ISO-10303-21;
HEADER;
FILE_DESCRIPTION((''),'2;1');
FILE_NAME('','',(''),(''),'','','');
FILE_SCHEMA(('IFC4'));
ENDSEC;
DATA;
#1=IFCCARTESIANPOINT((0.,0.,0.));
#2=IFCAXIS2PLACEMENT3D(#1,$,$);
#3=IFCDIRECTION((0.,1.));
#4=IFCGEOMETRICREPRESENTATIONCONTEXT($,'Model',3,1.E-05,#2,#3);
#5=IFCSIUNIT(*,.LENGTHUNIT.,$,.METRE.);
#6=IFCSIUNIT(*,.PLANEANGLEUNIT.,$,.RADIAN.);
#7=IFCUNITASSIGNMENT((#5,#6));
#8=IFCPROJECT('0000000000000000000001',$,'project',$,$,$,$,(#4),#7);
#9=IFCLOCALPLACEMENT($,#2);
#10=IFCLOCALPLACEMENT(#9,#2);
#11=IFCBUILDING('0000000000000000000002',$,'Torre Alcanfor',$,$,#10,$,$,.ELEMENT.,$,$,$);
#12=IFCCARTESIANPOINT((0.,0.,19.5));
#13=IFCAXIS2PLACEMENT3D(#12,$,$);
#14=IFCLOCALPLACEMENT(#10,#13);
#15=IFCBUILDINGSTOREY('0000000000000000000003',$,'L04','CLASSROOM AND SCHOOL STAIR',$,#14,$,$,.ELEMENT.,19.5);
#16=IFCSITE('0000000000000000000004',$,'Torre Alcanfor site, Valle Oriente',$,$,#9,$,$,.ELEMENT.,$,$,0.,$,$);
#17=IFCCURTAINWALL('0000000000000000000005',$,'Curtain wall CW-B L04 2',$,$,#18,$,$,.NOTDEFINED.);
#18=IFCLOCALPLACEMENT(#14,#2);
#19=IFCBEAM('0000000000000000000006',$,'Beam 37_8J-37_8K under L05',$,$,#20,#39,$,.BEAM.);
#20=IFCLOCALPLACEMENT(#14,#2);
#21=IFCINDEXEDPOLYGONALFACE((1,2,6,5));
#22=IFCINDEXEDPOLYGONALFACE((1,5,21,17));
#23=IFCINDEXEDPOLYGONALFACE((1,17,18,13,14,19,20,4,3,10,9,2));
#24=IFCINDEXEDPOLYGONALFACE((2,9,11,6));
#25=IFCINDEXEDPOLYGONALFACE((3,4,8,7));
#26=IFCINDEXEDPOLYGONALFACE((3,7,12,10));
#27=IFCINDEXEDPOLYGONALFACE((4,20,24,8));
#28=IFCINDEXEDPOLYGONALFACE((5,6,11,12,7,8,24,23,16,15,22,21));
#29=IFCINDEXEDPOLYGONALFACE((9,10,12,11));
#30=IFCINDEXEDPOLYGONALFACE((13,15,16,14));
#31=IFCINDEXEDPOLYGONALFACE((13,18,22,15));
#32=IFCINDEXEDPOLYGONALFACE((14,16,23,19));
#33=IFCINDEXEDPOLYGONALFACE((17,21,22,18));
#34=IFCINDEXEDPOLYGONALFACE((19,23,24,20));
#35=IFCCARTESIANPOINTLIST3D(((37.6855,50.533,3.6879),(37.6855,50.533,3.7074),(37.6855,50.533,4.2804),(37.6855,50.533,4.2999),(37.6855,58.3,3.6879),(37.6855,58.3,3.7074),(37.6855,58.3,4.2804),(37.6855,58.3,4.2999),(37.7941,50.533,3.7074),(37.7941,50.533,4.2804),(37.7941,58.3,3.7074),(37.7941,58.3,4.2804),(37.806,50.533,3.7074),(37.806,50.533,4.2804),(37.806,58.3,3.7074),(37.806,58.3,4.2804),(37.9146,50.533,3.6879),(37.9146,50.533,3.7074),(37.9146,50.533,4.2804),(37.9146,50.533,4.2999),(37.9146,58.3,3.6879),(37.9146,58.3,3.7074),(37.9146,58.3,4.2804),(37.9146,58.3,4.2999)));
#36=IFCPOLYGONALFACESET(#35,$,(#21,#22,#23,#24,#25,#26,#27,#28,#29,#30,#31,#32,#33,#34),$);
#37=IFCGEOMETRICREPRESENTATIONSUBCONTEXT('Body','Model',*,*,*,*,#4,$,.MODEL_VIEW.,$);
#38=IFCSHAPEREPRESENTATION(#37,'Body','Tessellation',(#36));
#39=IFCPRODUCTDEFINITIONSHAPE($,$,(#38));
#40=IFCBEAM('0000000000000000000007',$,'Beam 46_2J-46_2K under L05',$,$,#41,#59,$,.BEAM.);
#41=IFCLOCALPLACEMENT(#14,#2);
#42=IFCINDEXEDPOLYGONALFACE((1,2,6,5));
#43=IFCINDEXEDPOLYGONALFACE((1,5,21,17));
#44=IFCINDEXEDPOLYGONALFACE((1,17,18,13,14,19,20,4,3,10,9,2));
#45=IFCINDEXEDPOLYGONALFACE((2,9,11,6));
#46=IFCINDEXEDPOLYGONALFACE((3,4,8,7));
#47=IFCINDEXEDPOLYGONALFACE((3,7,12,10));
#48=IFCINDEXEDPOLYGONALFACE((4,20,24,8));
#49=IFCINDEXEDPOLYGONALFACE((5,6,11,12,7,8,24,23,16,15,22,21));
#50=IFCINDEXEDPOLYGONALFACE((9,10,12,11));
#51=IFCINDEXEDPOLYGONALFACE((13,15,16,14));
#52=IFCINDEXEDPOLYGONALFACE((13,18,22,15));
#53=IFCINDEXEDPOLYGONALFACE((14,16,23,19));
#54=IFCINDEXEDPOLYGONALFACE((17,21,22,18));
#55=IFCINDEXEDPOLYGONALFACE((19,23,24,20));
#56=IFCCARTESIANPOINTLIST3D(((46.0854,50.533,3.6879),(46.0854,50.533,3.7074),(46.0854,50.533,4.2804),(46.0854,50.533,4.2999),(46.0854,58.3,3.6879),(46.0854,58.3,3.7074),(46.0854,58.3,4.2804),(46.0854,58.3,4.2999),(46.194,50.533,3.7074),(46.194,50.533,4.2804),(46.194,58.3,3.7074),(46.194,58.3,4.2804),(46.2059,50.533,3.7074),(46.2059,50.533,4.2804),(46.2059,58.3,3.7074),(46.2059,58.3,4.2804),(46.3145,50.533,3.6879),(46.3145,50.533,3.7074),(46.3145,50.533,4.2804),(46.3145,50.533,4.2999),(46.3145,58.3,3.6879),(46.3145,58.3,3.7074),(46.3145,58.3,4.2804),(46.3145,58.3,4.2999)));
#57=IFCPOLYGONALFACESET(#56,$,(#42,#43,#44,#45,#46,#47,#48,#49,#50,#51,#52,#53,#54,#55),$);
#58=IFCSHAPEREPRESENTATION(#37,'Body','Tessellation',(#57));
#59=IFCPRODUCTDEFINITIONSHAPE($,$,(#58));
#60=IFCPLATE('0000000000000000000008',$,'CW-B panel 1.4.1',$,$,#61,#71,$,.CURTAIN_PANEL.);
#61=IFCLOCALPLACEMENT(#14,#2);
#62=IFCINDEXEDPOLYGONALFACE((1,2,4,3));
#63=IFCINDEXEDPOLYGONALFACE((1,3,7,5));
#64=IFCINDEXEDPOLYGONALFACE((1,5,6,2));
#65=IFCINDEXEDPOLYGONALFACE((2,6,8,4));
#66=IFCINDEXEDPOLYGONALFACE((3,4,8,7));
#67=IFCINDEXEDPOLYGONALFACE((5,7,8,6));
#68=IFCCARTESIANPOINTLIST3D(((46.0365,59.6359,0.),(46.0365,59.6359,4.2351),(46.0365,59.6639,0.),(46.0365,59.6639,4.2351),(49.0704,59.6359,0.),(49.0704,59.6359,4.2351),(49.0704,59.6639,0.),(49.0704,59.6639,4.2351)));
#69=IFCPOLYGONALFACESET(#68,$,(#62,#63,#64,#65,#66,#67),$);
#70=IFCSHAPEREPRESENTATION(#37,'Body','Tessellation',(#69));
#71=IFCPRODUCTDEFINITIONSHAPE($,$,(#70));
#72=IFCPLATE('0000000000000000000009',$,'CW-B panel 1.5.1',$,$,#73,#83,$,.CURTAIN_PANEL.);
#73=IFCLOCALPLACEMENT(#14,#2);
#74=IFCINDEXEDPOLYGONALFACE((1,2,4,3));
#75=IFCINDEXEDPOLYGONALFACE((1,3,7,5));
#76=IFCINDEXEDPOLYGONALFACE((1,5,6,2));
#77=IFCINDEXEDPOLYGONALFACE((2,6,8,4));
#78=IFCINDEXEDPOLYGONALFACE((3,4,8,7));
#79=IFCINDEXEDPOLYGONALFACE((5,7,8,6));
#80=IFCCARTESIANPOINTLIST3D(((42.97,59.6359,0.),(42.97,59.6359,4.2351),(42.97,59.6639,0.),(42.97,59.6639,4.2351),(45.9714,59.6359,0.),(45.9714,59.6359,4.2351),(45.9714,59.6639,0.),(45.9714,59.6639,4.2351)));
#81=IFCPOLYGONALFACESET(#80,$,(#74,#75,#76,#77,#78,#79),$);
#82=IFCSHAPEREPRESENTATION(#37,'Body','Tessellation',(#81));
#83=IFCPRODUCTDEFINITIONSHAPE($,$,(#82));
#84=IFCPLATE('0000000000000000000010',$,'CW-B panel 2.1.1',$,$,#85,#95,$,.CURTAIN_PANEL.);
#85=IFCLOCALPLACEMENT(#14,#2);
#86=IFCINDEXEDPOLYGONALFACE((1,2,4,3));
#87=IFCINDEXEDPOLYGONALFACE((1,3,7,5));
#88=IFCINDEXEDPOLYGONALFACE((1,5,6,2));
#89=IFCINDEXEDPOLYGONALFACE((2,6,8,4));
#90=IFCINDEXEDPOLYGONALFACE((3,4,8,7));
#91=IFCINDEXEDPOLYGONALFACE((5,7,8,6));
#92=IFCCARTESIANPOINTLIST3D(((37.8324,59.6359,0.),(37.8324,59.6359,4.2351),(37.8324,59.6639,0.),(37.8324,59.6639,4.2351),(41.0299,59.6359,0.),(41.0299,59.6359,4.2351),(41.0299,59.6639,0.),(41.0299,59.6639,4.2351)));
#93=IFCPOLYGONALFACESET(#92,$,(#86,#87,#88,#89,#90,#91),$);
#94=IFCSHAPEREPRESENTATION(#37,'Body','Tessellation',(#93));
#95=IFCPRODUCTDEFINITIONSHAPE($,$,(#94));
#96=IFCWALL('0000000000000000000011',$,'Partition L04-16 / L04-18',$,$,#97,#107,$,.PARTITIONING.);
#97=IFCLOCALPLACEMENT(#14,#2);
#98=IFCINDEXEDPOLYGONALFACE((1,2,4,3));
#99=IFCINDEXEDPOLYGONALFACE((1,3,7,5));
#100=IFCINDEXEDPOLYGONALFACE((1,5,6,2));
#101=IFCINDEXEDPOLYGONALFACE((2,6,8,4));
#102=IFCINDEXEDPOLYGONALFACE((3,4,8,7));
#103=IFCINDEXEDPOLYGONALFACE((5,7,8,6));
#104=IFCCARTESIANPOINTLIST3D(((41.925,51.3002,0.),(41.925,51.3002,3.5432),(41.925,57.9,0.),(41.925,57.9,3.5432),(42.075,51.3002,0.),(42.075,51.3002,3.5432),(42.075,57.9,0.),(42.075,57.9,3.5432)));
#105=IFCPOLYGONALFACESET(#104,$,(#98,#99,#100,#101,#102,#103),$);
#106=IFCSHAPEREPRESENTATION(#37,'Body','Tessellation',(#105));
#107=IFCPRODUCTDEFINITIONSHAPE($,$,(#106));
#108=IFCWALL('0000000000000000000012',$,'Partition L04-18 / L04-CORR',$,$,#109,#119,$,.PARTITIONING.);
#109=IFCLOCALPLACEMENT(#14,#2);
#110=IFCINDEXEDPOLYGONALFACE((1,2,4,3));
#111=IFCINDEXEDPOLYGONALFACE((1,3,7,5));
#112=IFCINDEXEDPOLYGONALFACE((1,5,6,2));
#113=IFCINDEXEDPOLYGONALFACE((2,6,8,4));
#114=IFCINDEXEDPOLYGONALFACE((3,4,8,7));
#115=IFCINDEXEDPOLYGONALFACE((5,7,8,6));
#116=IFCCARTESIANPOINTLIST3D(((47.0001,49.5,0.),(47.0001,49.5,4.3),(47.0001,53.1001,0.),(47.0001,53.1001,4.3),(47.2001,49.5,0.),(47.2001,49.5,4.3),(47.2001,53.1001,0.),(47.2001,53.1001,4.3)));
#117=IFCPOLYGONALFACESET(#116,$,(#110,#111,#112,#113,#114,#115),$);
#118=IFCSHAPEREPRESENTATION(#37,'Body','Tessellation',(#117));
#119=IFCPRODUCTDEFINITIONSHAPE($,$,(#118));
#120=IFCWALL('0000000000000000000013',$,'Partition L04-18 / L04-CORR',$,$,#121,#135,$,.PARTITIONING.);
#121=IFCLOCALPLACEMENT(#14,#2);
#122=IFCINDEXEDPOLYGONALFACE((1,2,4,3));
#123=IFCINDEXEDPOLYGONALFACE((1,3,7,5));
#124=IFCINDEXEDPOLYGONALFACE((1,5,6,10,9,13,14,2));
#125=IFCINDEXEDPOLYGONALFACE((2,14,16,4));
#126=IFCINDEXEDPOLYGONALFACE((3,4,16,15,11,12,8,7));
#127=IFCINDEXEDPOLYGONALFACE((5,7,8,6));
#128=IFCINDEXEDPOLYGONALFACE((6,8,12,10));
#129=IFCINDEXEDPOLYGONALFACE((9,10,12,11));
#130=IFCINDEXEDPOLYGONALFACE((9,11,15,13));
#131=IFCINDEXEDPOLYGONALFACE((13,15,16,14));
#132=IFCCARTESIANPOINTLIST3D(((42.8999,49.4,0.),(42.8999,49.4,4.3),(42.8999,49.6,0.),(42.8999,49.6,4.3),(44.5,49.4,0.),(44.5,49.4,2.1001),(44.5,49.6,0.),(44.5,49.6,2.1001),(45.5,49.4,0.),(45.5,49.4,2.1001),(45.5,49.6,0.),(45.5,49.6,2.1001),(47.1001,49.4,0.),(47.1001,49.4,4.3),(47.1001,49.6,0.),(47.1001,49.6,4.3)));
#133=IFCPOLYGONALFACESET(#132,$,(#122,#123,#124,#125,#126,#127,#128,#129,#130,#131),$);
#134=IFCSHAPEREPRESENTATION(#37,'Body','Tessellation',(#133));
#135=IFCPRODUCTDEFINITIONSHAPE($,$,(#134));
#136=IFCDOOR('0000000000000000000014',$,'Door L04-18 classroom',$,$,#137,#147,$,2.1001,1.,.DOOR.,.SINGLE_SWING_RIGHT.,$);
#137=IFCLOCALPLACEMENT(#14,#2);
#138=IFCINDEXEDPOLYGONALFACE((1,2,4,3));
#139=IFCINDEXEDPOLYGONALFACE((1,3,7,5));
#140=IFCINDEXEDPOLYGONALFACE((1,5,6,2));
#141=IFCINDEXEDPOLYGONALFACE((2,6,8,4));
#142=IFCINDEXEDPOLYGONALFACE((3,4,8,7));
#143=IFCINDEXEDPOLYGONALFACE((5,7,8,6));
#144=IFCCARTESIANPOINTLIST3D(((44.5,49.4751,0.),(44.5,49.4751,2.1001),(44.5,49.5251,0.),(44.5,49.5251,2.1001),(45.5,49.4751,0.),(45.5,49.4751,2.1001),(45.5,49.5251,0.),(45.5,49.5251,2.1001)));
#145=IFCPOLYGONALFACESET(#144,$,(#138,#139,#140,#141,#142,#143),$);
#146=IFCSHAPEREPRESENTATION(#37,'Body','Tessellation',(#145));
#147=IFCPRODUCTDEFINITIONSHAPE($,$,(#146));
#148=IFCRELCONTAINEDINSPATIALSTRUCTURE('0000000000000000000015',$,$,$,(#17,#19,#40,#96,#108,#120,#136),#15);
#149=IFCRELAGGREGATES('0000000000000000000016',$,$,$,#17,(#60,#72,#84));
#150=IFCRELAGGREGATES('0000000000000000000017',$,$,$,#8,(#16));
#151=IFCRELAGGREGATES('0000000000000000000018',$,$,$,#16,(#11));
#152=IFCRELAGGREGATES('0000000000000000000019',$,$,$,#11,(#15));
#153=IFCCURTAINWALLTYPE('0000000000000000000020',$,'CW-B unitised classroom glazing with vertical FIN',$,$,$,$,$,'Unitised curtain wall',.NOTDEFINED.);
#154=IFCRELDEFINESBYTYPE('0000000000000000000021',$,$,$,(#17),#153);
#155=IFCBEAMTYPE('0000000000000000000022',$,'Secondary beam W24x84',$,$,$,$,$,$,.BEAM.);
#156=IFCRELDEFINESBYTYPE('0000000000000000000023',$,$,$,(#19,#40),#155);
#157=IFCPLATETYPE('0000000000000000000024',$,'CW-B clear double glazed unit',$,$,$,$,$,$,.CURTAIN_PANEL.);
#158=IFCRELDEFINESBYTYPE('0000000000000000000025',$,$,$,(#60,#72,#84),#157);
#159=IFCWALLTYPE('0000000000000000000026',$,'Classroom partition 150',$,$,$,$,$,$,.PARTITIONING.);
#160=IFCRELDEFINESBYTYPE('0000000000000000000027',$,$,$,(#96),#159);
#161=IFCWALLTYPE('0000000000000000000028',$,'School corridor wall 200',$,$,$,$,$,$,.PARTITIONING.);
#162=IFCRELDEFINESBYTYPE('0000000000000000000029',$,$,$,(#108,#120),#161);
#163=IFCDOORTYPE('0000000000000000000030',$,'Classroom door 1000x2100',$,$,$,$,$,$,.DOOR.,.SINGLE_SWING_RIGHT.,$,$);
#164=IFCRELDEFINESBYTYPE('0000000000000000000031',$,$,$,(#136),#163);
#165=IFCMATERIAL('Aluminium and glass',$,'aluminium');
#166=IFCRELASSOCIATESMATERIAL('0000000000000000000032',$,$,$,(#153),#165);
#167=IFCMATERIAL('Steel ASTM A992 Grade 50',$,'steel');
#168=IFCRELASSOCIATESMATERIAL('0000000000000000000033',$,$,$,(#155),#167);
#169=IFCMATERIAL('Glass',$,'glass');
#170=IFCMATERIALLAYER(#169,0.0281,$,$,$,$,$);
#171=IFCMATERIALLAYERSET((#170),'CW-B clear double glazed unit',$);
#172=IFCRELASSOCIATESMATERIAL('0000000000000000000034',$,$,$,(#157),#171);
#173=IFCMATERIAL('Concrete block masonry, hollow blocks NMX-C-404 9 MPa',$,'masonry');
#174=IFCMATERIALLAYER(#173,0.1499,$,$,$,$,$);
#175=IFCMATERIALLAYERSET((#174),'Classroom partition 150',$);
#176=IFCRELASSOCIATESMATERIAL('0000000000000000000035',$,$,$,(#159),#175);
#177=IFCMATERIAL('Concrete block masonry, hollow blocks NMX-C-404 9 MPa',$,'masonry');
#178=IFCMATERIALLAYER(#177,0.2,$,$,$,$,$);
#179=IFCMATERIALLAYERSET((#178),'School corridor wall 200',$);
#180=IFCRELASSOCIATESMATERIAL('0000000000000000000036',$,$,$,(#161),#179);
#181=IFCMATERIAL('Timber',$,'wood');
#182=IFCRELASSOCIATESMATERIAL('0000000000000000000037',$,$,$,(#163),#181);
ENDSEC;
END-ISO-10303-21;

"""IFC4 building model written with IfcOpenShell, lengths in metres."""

from ifc_helpers import new_model, si_unit, direction, frame, frame_2d, origin, origin_2d, place, context, subcontext, project, spatial, rectangle, i_section, extrude, material, layer, layer_set, material_profile, profile_set, type_object, element, fill, aggregate, save


model = new_model("IFC4")

# Units and contexts
model_context = context("Model", 3, precision=1e-05, world=origin(), true_north=direction((0.0, 1.0)))
body_context = subcontext(model_context, "Body", "Model", "MODEL_VIEW")
ifc_project = project(units=[si_unit("LENGTHUNIT", "METRE"), si_unit("PLANEANGLEUNIT", "RADIAN")], contexts=[model_context])

# Site, building, storey
site_placement = place(None, origin())
site = spatial("IfcSite", under=ifc_project, at=site_placement, Name="Torre Alcanfor site, Valle Oriente", CompositionType="ELEMENT", RefElevation=0.0)
building_placement = place(site_placement, origin())
building = spatial("IfcBuilding", under=site, at=building_placement, Name="Torre Alcanfor", CompositionType="ELEMENT")
storey_placement = place(building_placement, frame((0.0, 0.0, 19.5)))
storey = spatial("IfcBuildingStorey", under=building, at=storey_placement, Name="L04", Description="CLASSROOM AND SCHOOL STAIR", CompositionType="ELEMENT", Elevation=19.5)

# Curtain wall
ifc_material_1 = material(Name="Aluminium and glass", Category="aluminium")
curtain_wall_type = type_object("IfcCurtainWallType", Name="CW-B unitised classroom glazing with vertical FIN", ElementType="Unitised curtain wall", PredefinedType="NOTDEFINED", material=ifc_material_1)
curtain_wall_placement = place(storey_placement, origin())
curtain_wall = element("IfcCurtainWall", 1, at=curtain_wall_placement, inside=storey, type_object=curtain_wall_type, Name="Curtain wall CW-B L04 2", PredefinedType="NOTDEFINED")

# Beams
ifc_material_2 = material(Name="Steel ASTM A992 Grade 50", Category="steel")
ifc_material_profile_1 = material_profile(ifc_material_2, i_section(OverallWidth=0.229, OverallDepth=0.6121, WebThickness=0.012, FlangeThickness=0.0195, at=origin_2d()), Name="W24x84")
ifc_profile_set_1 = profile_set([ifc_material_profile_1], Name="Steel ASTM A992 Grade 50")
beam_type_1 = type_object("IfcBeamType", Name="Secondary beam W24x84", PredefinedType="BEAM", material=ifc_profile_set_1)
for number, where, z_axis, x_axis, name in (
    (2, (37.8, 50.533, 3.9939), (0.0, 1.0, 0.0), (-1.0, 0.0, 0.0), "Beam 37_8J-37_8K under L05"),
    (3, (46.2, 50.533, 3.9939), (0.0, 1.0, 0.0), (-1.0, 0.0, 0.0), "Beam 46_2J-46_2K under L05"),
):
    element("IfcBeam", number, at=place(storey_placement, frame(where, z_axis=z_axis, x_axis=x_axis)), inside=storey, type_object=beam_type_1, Name=name, PredefinedType="BEAM", context=body_context, shape_type="SweptSolid", body=[
        extrude(i_section(OverallWidth=0.229, OverallDepth=0.6121, WebThickness=0.012, FlangeThickness=0.0195, at=origin_2d()), origin(), (0.0, 0.0, 1.0), 7.7671),
    ])

# Plates
ifc_material_3 = material(Name="Glass", Category="glass")
ifc_layer_1 = layer(ifc_material_3, 0.0281)
ifc_layer_set_1 = layer_set([ifc_layer_1], Name="CW-B clear double glazed unit")
plate_type = type_object("IfcPlateType", Name="CW-B clear double glazed unit", PredefinedType="CURTAIN_PANEL", material=ifc_layer_set_1)
plate_1_placement = place(storey_placement, frame((47.5535, 59.6499, 0.0), z_axis=(0.0, 0.0, 1.0), x_axis=(-1.0, 0.0, 0.0)))
plate_1 = element("IfcPlate", 4, at=plate_1_placement, type_object=plate_type, Name="CW-B panel 1.4.1", PredefinedType="CURTAIN_PANEL", context=body_context, shape_type="SweptSolid", body=[
    extrude(rectangle(XDim=3.0339, YDim=0.0281, at=origin_2d()), origin(), (0.0, 0.0, 1.0), 4.2351),
])
plate_2_placement = place(storey_placement, frame((44.4707, 59.6499, 0.0), z_axis=(0.0, 0.0, 1.0), x_axis=(-1.0, 0.0, 0.0)))
plate_2 = element("IfcPlate", 5, at=plate_2_placement, type_object=plate_type, Name="CW-B panel 1.5.1", PredefinedType="CURTAIN_PANEL", context=body_context, shape_type="SweptSolid", body=[
    extrude(rectangle(XDim=3.0015, YDim=0.0281, at=origin_2d()), origin(), (0.0, 0.0, 1.0), 4.2351),
])
plate_3_placement = place(storey_placement, frame((39.4312, 59.6499, 0.0), z_axis=(0.0, 0.0, 1.0), x_axis=(-1.0, 0.0, 0.0)))
plate_3 = element("IfcPlate", 6, at=plate_3_placement, type_object=plate_type, Name="CW-B panel 2.1.1", PredefinedType="CURTAIN_PANEL", context=body_context, shape_type="SweptSolid", body=[
    extrude(rectangle(XDim=3.1975, YDim=0.0281, at=origin_2d()), origin(), (0.0, 0.0, 1.0), 4.2351),
])
aggregate(curtain_wall, [plate_1, plate_2, plate_3])

# Walls
ifc_material_4 = material(Name="Concrete block masonry, hollow blocks NMX-C-404 9 MPa", Category="masonry")
ifc_layer_2 = layer(ifc_material_4, 0.1499)
ifc_layer_set_2 = layer_set([ifc_layer_2], Name="Classroom partition 150")
wall_type_1 = type_object("IfcWallType", Name="Classroom partition 150", PredefinedType="PARTITIONING", material=ifc_layer_set_2)
wall_1_placement = place(storey_placement, frame((42.0, 57.8999, 0.0), z_axis=(0.0, 0.0, 1.0), x_axis=(0.0, -1.0, 0.0)))
element("IfcWall", 7, at=wall_1_placement, inside=storey, type_object=wall_type_1, Name="Partition L04-16 / L04-18", PredefinedType="PARTITIONING", context=body_context, shape_type="SweptSolid", body=[
    extrude(rectangle(XDim=6.5999, YDim=0.1499, at=frame_2d((3.2998, 0.0))), origin(), (0.0, 0.0, 1.0), 3.5432),
])
ifc_material_5 = material(Name="Concrete block masonry, hollow blocks NMX-C-404 9 MPa", Category="masonry")
ifc_layer_3 = layer(ifc_material_5, 0.2)
ifc_layer_set_3 = layer_set([ifc_layer_3], Name="School corridor wall 200")
wall_type_2 = type_object("IfcWallType", Name="School corridor wall 200", PredefinedType="PARTITIONING", material=ifc_layer_set_3)
wall_2_placement = place(storey_placement, frame((47.1001, 53.1001, 0.0), z_axis=(0.0, 0.0, 1.0), x_axis=(0.0, -1.0, 0.0)))
element("IfcWall", 8, at=wall_2_placement, inside=storey, type_object=wall_type_2, Name="Partition L04-18 / L04-CORR", PredefinedType="PARTITIONING", context=body_context, shape_type="SweptSolid", body=[
    extrude(rectangle(XDim=3.6001, YDim=0.2, at=frame_2d((1.8, 0.0))), origin(), (0.0, 0.0, 1.0), 4.3),
])

# Wall, opening, door
wall_3_placement = place(storey_placement, frame((47.1001, 49.5, 0.0), z_axis=(0.0, 0.0, 1.0), x_axis=(-1.0, 0.0, 0.0)))
wall_3 = element("IfcWall", 9, at=wall_3_placement, inside=storey, type_object=wall_type_2, Name="Partition L04-18 / L04-CORR", PredefinedType="PARTITIONING", context=body_context, shape_type="SweptSolid", body=[
    extrude(rectangle(XDim=4.2002, YDim=0.2, at=frame_2d((2.1001, 0.0))), origin(), (0.0, 0.0, 1.0), 4.3),
])
opening_placement = place(wall_3_placement, frame((1.6001, 0.0, 0.0)))
opening = element("IfcOpeningElement", 10, at=opening_placement, cuts=wall_3, PredefinedType="OPENING", context=body_context, shape_type="SweptSolid", body=[
    extrude(rectangle(XDim=1.0, YDim=2.1001, at=frame_2d((0.5, 1.05))), frame((0.0, 0.1099, 0.0), z_axis=(0.0, -1.0, 0.0), x_axis=(1.0, 0.0, 0.0)), (0.0, 0.0, 1.0), 0.22),
])
ifc_material_6 = material(Name="Timber", Category="wood")
door_type = type_object("IfcDoorType", Name="Classroom door 1000x2100", OperationType="SINGLE_SWING_RIGHT", PredefinedType="DOOR", material=ifc_material_6)
door_placement = place(opening_placement, frame((1.0, 0.0, 0.0), z_axis=(0.0, 0.0, 1.0), x_axis=(-1.0, 0.0, 0.0)))
door = element("IfcDoor", 11, at=door_placement, inside=storey, type_object=door_type, Name="Door L04-18 classroom", OperationType="SINGLE_SWING_RIGHT", OverallHeight=2.1001, OverallWidth=1.0, PredefinedType="DOOR", context=body_context, shape_type="SweptSolid", body=[
    extrude(rectangle(XDim=1.0, YDim=2.1001, at=frame_2d((0.5, 1.05))), frame((0.0, 0.0251, 0.0), z_axis=(0.0, -1.0, 0.0), x_axis=(1.0, 0.0, 0.0)), (0.0, 0.0, 1.0), 0.05),
])
fill(opening, door)

save(model, "model.ifc")
